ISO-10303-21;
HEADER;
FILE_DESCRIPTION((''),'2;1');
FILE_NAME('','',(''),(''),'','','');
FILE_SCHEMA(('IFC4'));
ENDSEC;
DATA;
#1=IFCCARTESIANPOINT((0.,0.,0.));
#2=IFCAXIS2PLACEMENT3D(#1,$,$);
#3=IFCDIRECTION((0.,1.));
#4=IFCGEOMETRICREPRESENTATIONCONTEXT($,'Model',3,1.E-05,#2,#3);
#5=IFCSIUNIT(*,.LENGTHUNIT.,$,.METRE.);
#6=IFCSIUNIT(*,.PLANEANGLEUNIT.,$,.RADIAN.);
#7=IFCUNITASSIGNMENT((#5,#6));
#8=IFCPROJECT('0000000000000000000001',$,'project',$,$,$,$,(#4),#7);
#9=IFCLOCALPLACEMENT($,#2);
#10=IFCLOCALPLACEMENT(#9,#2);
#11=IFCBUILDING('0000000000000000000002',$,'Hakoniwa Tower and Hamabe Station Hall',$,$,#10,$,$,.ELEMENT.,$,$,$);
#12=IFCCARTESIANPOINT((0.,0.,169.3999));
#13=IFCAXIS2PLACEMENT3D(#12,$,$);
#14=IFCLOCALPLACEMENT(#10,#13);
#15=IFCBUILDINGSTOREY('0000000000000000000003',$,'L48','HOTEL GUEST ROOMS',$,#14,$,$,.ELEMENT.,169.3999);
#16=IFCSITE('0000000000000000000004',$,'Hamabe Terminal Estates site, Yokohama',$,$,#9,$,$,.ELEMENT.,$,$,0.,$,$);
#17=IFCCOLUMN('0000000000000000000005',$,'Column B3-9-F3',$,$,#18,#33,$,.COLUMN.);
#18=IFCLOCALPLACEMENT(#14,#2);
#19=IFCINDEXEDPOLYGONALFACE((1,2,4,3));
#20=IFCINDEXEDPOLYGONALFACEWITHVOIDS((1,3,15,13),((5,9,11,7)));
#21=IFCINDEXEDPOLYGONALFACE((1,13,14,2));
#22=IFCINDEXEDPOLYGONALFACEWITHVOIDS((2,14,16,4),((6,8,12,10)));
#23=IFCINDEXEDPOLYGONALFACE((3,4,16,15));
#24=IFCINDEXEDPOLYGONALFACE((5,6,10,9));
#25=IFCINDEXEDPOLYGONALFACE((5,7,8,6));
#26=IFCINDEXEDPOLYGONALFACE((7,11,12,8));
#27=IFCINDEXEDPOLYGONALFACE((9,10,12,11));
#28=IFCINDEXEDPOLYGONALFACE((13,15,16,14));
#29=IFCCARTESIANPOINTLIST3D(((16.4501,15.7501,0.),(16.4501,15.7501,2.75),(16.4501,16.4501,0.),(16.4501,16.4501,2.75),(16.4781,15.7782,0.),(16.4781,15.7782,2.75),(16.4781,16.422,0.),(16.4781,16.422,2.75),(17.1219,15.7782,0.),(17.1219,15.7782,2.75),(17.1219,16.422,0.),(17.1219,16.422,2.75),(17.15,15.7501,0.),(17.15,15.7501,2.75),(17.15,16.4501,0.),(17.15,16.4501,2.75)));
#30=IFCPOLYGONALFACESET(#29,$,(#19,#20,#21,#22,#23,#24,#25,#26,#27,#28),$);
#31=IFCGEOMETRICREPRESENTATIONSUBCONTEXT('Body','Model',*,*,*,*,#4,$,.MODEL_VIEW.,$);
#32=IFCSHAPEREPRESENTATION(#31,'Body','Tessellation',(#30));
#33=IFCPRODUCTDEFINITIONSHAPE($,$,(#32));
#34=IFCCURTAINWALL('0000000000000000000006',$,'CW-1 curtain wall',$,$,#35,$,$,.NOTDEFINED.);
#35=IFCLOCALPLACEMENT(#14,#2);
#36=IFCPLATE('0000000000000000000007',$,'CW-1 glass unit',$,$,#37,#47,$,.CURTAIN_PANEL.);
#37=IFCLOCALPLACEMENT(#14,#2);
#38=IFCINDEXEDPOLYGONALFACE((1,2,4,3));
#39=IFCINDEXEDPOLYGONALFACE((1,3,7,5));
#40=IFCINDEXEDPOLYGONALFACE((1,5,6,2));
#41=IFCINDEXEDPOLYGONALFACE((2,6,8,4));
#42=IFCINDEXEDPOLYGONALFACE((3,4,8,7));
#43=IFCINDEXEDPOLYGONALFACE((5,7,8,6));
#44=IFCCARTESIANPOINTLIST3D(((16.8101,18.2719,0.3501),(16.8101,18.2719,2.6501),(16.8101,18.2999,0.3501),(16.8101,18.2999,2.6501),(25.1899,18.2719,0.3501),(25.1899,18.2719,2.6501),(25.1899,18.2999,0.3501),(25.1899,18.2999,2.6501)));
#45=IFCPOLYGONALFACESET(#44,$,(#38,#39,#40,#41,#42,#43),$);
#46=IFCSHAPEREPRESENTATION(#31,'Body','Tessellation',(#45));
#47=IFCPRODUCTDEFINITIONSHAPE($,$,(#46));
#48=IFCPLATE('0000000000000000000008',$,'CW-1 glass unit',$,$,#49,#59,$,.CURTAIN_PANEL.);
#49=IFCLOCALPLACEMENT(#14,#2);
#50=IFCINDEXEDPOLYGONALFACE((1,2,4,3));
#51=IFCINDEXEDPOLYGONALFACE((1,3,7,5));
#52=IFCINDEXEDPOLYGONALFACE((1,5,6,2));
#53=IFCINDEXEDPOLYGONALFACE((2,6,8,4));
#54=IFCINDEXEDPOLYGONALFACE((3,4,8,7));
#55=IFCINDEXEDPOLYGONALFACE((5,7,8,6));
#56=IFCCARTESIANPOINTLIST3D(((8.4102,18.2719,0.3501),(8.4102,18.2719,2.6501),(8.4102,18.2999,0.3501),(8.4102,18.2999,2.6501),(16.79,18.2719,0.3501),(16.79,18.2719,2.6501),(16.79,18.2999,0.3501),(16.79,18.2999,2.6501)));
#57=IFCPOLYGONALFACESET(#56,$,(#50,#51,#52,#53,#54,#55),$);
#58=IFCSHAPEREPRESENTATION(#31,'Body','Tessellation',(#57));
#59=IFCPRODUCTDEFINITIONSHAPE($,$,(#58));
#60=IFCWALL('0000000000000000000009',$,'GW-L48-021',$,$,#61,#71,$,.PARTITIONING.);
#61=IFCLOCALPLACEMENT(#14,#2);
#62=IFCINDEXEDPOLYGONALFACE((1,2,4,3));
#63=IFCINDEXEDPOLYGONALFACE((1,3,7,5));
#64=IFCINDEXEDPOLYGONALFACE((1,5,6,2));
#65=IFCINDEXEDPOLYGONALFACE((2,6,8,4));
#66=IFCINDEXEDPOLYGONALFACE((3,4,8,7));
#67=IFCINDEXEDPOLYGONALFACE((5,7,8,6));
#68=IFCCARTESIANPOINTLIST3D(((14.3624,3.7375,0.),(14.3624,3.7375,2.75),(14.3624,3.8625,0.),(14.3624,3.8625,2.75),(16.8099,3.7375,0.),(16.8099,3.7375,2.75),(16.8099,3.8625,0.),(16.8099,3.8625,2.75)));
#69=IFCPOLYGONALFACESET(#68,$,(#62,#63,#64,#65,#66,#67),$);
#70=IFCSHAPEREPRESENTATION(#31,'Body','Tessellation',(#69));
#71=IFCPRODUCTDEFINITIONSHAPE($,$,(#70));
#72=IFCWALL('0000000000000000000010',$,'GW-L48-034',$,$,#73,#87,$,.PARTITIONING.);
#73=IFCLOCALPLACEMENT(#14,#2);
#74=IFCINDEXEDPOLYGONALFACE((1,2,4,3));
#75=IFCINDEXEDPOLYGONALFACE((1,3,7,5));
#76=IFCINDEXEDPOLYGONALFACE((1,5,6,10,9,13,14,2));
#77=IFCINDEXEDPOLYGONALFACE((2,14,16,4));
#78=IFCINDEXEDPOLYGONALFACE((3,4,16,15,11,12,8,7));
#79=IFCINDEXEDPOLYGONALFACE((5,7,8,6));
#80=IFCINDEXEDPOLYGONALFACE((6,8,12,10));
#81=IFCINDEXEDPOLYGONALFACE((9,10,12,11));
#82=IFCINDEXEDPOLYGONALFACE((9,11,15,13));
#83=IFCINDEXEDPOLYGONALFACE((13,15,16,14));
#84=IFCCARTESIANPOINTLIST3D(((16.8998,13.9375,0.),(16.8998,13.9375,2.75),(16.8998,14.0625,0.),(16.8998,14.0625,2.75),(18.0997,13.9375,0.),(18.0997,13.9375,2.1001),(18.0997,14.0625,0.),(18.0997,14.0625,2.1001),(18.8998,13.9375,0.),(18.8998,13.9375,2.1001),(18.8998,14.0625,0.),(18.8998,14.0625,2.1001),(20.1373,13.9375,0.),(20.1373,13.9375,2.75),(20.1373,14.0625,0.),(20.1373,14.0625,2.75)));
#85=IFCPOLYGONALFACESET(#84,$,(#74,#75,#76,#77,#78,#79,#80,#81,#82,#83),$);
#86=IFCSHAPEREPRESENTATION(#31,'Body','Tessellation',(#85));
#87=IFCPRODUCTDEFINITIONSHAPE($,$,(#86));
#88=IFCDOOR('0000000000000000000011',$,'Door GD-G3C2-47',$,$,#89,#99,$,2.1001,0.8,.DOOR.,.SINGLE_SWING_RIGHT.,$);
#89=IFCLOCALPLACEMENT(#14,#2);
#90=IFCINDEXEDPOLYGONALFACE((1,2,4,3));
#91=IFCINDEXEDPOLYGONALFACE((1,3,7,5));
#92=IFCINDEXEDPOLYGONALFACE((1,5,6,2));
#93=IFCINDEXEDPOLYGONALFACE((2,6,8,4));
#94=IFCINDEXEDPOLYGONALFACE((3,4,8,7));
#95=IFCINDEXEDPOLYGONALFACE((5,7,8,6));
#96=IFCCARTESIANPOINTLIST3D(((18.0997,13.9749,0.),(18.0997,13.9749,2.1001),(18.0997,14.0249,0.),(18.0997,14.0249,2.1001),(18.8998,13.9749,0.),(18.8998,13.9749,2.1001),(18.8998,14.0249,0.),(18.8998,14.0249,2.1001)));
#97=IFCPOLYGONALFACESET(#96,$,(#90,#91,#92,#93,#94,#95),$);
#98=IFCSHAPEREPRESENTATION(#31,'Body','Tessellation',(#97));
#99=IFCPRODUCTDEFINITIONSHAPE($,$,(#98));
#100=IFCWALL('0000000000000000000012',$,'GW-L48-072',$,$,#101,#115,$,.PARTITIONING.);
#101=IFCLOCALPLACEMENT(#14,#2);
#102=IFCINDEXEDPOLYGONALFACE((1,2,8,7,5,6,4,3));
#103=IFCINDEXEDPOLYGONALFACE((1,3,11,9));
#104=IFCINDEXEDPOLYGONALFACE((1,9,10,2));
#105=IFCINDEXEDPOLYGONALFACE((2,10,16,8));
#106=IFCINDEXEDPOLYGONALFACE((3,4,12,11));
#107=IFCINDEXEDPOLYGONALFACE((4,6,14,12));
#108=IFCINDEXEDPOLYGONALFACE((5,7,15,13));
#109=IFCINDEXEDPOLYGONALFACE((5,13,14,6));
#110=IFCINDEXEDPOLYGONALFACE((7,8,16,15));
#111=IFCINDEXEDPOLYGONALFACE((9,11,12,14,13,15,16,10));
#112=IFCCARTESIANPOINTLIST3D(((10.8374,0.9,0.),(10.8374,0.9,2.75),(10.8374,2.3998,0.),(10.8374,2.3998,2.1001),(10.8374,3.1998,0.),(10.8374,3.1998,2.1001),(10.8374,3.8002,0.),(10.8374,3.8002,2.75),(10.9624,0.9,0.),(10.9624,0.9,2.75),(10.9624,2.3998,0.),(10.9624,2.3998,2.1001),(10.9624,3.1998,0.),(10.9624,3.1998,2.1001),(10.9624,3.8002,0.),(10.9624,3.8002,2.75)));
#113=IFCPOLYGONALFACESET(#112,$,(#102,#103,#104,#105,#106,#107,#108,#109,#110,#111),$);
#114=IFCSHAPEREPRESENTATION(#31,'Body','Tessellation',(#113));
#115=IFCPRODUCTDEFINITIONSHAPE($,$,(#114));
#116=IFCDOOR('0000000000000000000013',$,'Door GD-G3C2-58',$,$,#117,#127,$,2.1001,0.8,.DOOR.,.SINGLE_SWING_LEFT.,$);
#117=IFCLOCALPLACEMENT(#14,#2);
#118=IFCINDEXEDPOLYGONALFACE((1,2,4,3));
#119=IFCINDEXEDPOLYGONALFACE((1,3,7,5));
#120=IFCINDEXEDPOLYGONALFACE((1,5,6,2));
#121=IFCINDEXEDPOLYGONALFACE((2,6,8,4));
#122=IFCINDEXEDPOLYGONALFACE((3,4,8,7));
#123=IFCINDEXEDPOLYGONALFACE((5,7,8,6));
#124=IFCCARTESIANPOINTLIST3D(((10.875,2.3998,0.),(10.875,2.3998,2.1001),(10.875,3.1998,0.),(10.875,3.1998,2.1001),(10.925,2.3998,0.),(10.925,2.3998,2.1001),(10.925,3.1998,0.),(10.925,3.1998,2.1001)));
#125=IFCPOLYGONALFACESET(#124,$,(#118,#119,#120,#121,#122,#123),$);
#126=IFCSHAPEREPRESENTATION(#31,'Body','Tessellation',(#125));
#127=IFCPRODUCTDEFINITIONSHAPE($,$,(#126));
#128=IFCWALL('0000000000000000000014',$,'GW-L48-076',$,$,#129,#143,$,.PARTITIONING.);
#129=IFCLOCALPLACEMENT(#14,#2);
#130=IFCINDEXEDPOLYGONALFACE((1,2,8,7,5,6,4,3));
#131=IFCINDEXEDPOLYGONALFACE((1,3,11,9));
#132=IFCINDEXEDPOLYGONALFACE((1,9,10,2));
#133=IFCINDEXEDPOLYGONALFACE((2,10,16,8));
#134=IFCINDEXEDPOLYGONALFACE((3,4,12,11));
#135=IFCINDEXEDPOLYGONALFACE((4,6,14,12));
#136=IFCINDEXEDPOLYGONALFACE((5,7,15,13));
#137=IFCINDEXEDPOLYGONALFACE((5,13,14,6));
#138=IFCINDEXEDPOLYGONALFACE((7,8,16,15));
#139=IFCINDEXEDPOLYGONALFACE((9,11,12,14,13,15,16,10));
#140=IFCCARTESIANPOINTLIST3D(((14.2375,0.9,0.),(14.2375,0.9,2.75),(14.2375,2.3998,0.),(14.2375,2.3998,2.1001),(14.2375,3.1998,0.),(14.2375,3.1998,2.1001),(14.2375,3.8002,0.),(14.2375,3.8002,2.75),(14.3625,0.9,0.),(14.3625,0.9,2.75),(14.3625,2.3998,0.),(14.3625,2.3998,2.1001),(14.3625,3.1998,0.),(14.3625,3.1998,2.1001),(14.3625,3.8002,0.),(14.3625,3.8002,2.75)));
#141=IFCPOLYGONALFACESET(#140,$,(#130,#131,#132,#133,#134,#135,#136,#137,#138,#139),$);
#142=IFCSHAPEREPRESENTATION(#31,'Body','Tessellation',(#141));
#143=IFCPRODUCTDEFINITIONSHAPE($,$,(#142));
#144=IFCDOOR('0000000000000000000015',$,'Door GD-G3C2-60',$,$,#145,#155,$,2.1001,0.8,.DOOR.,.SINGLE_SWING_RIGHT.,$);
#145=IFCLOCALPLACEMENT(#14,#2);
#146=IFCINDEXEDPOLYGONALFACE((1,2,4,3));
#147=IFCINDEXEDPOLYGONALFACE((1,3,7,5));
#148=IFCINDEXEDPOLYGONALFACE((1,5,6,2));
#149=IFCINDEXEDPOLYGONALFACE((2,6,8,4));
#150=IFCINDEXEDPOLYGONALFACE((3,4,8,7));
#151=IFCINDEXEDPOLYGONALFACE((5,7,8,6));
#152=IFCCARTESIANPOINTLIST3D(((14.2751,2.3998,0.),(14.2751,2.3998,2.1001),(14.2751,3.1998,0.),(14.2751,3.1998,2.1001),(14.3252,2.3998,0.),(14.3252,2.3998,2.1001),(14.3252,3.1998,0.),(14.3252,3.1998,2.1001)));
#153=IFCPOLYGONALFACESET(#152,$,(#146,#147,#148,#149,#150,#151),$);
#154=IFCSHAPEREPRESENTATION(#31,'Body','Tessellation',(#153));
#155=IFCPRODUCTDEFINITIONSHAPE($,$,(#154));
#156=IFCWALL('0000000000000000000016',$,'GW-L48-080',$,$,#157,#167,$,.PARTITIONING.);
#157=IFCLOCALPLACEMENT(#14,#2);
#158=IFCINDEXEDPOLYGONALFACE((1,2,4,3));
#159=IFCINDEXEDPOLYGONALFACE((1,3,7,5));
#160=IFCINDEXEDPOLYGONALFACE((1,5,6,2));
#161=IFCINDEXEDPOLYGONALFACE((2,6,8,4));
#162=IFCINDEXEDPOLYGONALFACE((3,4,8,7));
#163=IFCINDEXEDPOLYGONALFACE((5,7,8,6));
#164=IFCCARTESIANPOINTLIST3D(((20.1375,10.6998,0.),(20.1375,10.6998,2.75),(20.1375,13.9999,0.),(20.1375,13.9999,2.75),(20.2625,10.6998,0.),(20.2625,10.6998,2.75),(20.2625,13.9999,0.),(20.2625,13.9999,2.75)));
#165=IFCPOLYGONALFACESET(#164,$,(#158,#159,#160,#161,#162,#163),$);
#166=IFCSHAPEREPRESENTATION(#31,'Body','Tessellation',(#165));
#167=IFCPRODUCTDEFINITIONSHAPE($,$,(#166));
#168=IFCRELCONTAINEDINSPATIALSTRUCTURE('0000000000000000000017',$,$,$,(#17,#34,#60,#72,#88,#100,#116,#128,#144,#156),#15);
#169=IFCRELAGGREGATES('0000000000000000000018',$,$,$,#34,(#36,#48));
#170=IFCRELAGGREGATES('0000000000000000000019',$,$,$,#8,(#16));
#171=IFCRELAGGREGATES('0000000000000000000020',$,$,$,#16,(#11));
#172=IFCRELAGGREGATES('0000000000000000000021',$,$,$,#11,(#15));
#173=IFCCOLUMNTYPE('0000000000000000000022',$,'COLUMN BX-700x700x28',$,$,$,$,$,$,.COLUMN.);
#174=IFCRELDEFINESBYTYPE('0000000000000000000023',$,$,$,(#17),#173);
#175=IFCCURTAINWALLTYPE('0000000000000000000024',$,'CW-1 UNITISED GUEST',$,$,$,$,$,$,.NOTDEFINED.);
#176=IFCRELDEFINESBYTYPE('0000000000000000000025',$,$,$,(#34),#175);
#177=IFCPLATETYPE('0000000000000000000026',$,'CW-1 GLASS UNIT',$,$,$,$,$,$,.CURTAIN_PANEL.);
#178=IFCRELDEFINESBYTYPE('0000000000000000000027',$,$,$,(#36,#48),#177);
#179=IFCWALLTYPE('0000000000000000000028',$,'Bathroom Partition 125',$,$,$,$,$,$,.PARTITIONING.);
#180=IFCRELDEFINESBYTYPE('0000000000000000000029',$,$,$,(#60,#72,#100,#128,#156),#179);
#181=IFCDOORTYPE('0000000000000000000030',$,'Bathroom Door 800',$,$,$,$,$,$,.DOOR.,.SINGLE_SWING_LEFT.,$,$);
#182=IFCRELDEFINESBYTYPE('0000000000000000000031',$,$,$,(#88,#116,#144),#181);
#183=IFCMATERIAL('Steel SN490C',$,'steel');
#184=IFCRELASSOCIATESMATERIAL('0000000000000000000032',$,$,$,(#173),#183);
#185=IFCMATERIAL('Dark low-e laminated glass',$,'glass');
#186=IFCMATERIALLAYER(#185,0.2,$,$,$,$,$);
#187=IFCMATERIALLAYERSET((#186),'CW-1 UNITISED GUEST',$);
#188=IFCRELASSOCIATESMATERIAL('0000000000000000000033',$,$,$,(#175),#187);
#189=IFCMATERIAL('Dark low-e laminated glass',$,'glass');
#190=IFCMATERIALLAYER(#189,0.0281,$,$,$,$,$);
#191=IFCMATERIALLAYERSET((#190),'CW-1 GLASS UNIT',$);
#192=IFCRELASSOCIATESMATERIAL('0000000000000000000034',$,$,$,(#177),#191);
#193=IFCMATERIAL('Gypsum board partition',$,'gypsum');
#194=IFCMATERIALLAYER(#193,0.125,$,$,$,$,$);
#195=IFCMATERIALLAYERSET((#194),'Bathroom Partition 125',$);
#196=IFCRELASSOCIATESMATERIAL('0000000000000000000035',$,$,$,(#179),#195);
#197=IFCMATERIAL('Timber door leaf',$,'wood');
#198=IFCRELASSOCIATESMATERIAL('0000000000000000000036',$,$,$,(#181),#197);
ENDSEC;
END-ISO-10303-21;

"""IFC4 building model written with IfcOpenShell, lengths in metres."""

from ifc_helpers import new_model, si_unit, direction, frame, frame_2d, origin, origin_2d, place, context, subcontext, project, spatial, rectangle, hollow_rectangle, extrude, material, layer, layer_set, material_profile, profile_set, type_object, element, fill, aggregate, save


model = new_model("IFC4")

# Units and contexts
model_context = context("Model", 3, precision=1e-05, world=origin(), true_north=direction((0.0, 1.0)))
body_context = subcontext(model_context, "Body", "Model", "MODEL_VIEW")
ifc_project = project(units=[si_unit("LENGTHUNIT", "METRE"), si_unit("PLANEANGLEUNIT", "RADIAN")], contexts=[model_context])

# Site, building, storey
site_placement = place(None, origin())
site = spatial("IfcSite", under=ifc_project, at=site_placement, Name="Hamabe Terminal Estates site, Yokohama", CompositionType="ELEMENT", RefElevation=0.0)
building_placement = place(site_placement, origin())
building = spatial("IfcBuilding", under=site, at=building_placement, Name="Hakoniwa Tower and Hamabe Station Hall", CompositionType="ELEMENT")
storey_placement = place(building_placement, frame((0.0, 0.0, 169.3999)))
storey = spatial("IfcBuildingStorey", under=building, at=storey_placement, Name="L48", Description="HOTEL GUEST ROOMS", CompositionType="ELEMENT", Elevation=169.3999)

# Column
ifc_material_1 = material(Name="Steel SN490C", Category="steel")
ifc_material_profile = material_profile(ifc_material_1, hollow_rectangle(XDim=0.7, YDim=0.7, WallThickness=0.0281, at=origin_2d()), Name="BX-700x700x28")
ifc_profile_set = profile_set([ifc_material_profile], Name="Steel SN490C")
column_type = type_object("IfcColumnType", Name="COLUMN BX-700x700x28", PredefinedType="COLUMN", material=ifc_profile_set)
column_placement = place(storey_placement, frame((16.8, 16.1001, 0.0), z_axis=(0.0, 0.0, 1.0), x_axis=(1.0, 0.0, 0.0)))
element("IfcColumn", 1, at=column_placement, inside=storey, type_object=column_type, Name="Column B3-9-F3", PredefinedType="COLUMN", context=body_context, shape_type="SweptSolid", body=[
    extrude(hollow_rectangle(XDim=0.7, YDim=0.7, WallThickness=0.0281, at=origin_2d()), origin(), (0.0, 0.0, 1.0), 2.75),
])

# Curtain wall, plates
ifc_material_2 = material(Name="Dark low-e laminated glass", Category="glass")
ifc_layer_1 = layer(ifc_material_2, 0.2)
ifc_layer_set_1 = layer_set([ifc_layer_1], Name="CW-1 UNITISED GUEST")
curtain_wall_type = type_object("IfcCurtainWallType", Name="CW-1 UNITISED GUEST", PredefinedType="NOTDEFINED", material=ifc_layer_set_1)
curtain_wall_placement = place(storey_placement, origin())
curtain_wall = element("IfcCurtainWall", 2, at=curtain_wall_placement, inside=storey, type_object=curtain_wall_type, Name="CW-1 curtain wall", PredefinedType="NOTDEFINED")
ifc_material_3 = material(Name="Dark low-e laminated glass", Category="glass")
ifc_layer_2 = layer(ifc_material_3, 0.0281)
ifc_layer_set_2 = layer_set([ifc_layer_2], Name="CW-1 GLASS UNIT")
plate_type = type_object("IfcPlateType", Name="CW-1 GLASS UNIT", PredefinedType="CURTAIN_PANEL", material=ifc_layer_set_2)
plate_1_placement = place(storey_placement, frame((21.0, 18.2859, 0.3501), z_axis=(0.0, 0.0, 1.0), x_axis=(-1.0, 0.0, 0.0)))
plate_1 = element("IfcPlate", 3, at=plate_1_placement, type_object=plate_type, Name="CW-1 glass unit", PredefinedType="CURTAIN_PANEL", context=body_context, shape_type="SweptSolid", body=[
    extrude(rectangle(XDim=8.3799, YDim=0.0281, at=origin_2d()), origin(), (0.0, 0.0, 1.0), 2.3),
])
plate_2_placement = place(storey_placement, frame((12.6001, 18.2859, 0.3501), z_axis=(0.0, 0.0, 1.0), x_axis=(-1.0, 0.0, 0.0)))
plate_2 = element("IfcPlate", 4, at=plate_2_placement, type_object=plate_type, Name="CW-1 glass unit", PredefinedType="CURTAIN_PANEL", context=body_context, shape_type="SweptSolid", body=[
    extrude(rectangle(XDim=8.3799, YDim=0.0281, at=origin_2d()), origin(), (0.0, 0.0, 1.0), 2.3),
])
aggregate(curtain_wall, [plate_1, plate_2])

# Wall
ifc_material_4 = material(Name="Gypsum board partition", Category="gypsum")
ifc_layer_3 = layer(ifc_material_4, 0.125)
ifc_layer_set_3 = layer_set([ifc_layer_3], Name="Bathroom Partition 125")
wall_type_1 = type_object("IfcWallType", Name="Bathroom Partition 125", PredefinedType="PARTITIONING", material=ifc_layer_set_3)
wall_1_placement = place(storey_placement, frame((14.3625, 3.8, 0.0), z_axis=(0.0, 0.0, 1.0), x_axis=(1.0, 0.0, 0.0)))
element("IfcWall", 5, at=wall_1_placement, inside=storey, type_object=wall_type_1, Name="GW-L48-021", PredefinedType="PARTITIONING", context=body_context, shape_type="SweptSolid", body=[
    extrude(rectangle(XDim=2.4475, YDim=0.125, at=frame_2d((1.2236, 0.0))), origin(), (0.0, 0.0, 1.0), 2.75),
])

# Walls, openings, doors
wall_2_placement = place(storey_placement, frame((16.8999, 14.0, 0.0), z_axis=(0.0, 0.0, 1.0), x_axis=(1.0, 0.0, 0.0)))
wall_2 = element("IfcWall", 6, at=wall_2_placement, inside=storey, type_object=wall_type_1, Name="GW-L48-034", PredefinedType="PARTITIONING", context=body_context, shape_type="SweptSolid", body=[
    extrude(rectangle(XDim=3.2375, YDim=0.125, at=frame_2d((1.6187, 0.0))), origin(), (0.0, 0.0, 1.0), 2.75),
])
opening_1_placement = place(wall_2_placement, frame((1.2, 0.0, 0.0)))
opening_1 = element("IfcOpeningElement", 7, at=opening_1_placement, cuts=wall_2, PredefinedType="OPENING", context=body_context, shape_type="SweptSolid", body=[
    extrude(rectangle(XDim=0.8, YDim=2.1001, at=frame_2d((0.3999, 1.05))), frame((0.0, 0.0725, 0.0), z_axis=(0.0, -1.0, 0.0), x_axis=(1.0, 0.0, 0.0)), (0.0, 0.0, 1.0), 0.145),
])
ifc_material_5 = material(Name="Timber door leaf", Category="wood")
door_type_1 = type_object("IfcDoorType", Name="Bathroom Door 800", OperationType="SINGLE_SWING_LEFT", PredefinedType="DOOR", material=ifc_material_5)
door_1_placement = place(opening_1_placement, origin())
door_1 = element("IfcDoor", 8, at=door_1_placement, inside=storey, type_object=door_type_1, Name="Door GD-G3C2-47", OperationType="SINGLE_SWING_RIGHT", OverallHeight=2.1001, OverallWidth=0.8, PredefinedType="DOOR", context=body_context, shape_type="SweptSolid", body=[
    extrude(rectangle(XDim=0.8, YDim=2.1001, at=frame_2d((0.3999, 1.05))), frame((0.0, 0.0249, 0.0), z_axis=(0.0, -1.0, 0.0), x_axis=(1.0, 0.0, 0.0)), (0.0, 0.0, 1.0), 0.05),
])
fill(opening_1, door_1)
wall_3_placement = place(storey_placement, frame((10.8999, 0.8999, 0.0), z_axis=(0.0, 0.0, 1.0), x_axis=(0.0, 1.0, 0.0)))
wall_3 = element("IfcWall", 9, at=wall_3_placement, inside=storey, type_object=wall_type_1, Name="GW-L48-072", PredefinedType="PARTITIONING", context=body_context, shape_type="SweptSolid", body=[
    extrude(rectangle(XDim=2.9001, YDim=0.125, at=frame_2d((1.4502, 0.0))), origin(), (0.0, 0.0, 1.0), 2.75),
])
opening_2_placement = place(wall_3_placement, frame((1.5, 0.0, 0.0)))
opening_2 = element("IfcOpeningElement", 10, at=opening_2_placement, cuts=wall_3, PredefinedType="OPENING", context=body_context, shape_type="SweptSolid", body=[
    extrude(rectangle(XDim=0.8, YDim=2.1001, at=frame_2d((0.3999, 1.05))), frame((0.0, 0.0725, 0.0), z_axis=(0.0, -1.0, 0.0), x_axis=(1.0, 0.0, 0.0)), (0.0, 0.0, 1.0), 0.145),
])
door_2_placement = place(opening_2_placement, origin())
door_2 = element("IfcDoor", 11, at=door_2_placement, inside=storey, type_object=door_type_1, Name="Door GD-G3C2-58", OperationType="SINGLE_SWING_LEFT", OverallHeight=2.1001, OverallWidth=0.8, PredefinedType="DOOR", context=body_context, shape_type="SweptSolid", body=[
    extrude(rectangle(XDim=0.8, YDim=2.1001, at=frame_2d((0.3999, 1.05))), frame((0.0, 0.0249, 0.0), z_axis=(0.0, -1.0, 0.0), x_axis=(1.0, 0.0, 0.0)), (0.0, 0.0, 1.0), 0.05),
])
fill(opening_2, door_2)
wall_4_placement = place(storey_placement, frame((14.3, 0.8999, 0.0), z_axis=(0.0, 0.0, 1.0), x_axis=(0.0, 1.0, 0.0)))
wall_4 = element("IfcWall", 12, at=wall_4_placement, inside=storey, type_object=wall_type_1, Name="GW-L48-076", PredefinedType="PARTITIONING", context=body_context, shape_type="SweptSolid", body=[
    extrude(rectangle(XDim=2.9001, YDim=0.125, at=frame_2d((1.4502, 0.0))), origin(), (0.0, 0.0, 1.0), 2.75),
])
opening_3_placement = place(wall_4_placement, frame((1.5, 0.0, 0.0)))
opening_3 = element("IfcOpeningElement", 13, at=opening_3_placement, cuts=wall_4, PredefinedType="OPENING", context=body_context, shape_type="SweptSolid", body=[
    extrude(rectangle(XDim=0.8, YDim=2.1001, at=frame_2d((0.3999, 1.05))), frame((0.0, 0.0725, 0.0), z_axis=(0.0, -1.0, 0.0), x_axis=(1.0, 0.0, 0.0)), (0.0, 0.0, 1.0), 0.145),
])
door_3_placement = place(opening_3_placement, origin())
door_3 = element("IfcDoor", 14, at=door_3_placement, inside=storey, type_object=door_type_1, Name="Door GD-G3C2-60", OperationType="SINGLE_SWING_RIGHT", OverallHeight=2.1001, OverallWidth=0.8, PredefinedType="DOOR", context=body_context, shape_type="SweptSolid", body=[
    extrude(rectangle(XDim=0.8, YDim=2.1001, at=frame_2d((0.3999, 1.05))), frame((0.0, 0.0249, 0.0), z_axis=(0.0, -1.0, 0.0), x_axis=(1.0, 0.0, 0.0)), (0.0, 0.0, 1.0), 0.05),
])
fill(opening_3, door_3)

# Wall
wall_5_placement = place(storey_placement, frame((20.2, 10.7, 0.0), z_axis=(0.0, 0.0, 1.0), x_axis=(0.0, 1.0, 0.0)))
element("IfcWall", 15, at=wall_5_placement, inside=storey, type_object=wall_type_1, Name="GW-L48-080", PredefinedType="PARTITIONING", context=body_context, shape_type="SweptSolid", body=[
    extrude(rectangle(XDim=3.3, YDim=0.125, at=frame_2d((1.6499, 0.0))), origin(), (0.0, 0.0, 1.0), 2.75),
])

save(model, "model.ifc")
